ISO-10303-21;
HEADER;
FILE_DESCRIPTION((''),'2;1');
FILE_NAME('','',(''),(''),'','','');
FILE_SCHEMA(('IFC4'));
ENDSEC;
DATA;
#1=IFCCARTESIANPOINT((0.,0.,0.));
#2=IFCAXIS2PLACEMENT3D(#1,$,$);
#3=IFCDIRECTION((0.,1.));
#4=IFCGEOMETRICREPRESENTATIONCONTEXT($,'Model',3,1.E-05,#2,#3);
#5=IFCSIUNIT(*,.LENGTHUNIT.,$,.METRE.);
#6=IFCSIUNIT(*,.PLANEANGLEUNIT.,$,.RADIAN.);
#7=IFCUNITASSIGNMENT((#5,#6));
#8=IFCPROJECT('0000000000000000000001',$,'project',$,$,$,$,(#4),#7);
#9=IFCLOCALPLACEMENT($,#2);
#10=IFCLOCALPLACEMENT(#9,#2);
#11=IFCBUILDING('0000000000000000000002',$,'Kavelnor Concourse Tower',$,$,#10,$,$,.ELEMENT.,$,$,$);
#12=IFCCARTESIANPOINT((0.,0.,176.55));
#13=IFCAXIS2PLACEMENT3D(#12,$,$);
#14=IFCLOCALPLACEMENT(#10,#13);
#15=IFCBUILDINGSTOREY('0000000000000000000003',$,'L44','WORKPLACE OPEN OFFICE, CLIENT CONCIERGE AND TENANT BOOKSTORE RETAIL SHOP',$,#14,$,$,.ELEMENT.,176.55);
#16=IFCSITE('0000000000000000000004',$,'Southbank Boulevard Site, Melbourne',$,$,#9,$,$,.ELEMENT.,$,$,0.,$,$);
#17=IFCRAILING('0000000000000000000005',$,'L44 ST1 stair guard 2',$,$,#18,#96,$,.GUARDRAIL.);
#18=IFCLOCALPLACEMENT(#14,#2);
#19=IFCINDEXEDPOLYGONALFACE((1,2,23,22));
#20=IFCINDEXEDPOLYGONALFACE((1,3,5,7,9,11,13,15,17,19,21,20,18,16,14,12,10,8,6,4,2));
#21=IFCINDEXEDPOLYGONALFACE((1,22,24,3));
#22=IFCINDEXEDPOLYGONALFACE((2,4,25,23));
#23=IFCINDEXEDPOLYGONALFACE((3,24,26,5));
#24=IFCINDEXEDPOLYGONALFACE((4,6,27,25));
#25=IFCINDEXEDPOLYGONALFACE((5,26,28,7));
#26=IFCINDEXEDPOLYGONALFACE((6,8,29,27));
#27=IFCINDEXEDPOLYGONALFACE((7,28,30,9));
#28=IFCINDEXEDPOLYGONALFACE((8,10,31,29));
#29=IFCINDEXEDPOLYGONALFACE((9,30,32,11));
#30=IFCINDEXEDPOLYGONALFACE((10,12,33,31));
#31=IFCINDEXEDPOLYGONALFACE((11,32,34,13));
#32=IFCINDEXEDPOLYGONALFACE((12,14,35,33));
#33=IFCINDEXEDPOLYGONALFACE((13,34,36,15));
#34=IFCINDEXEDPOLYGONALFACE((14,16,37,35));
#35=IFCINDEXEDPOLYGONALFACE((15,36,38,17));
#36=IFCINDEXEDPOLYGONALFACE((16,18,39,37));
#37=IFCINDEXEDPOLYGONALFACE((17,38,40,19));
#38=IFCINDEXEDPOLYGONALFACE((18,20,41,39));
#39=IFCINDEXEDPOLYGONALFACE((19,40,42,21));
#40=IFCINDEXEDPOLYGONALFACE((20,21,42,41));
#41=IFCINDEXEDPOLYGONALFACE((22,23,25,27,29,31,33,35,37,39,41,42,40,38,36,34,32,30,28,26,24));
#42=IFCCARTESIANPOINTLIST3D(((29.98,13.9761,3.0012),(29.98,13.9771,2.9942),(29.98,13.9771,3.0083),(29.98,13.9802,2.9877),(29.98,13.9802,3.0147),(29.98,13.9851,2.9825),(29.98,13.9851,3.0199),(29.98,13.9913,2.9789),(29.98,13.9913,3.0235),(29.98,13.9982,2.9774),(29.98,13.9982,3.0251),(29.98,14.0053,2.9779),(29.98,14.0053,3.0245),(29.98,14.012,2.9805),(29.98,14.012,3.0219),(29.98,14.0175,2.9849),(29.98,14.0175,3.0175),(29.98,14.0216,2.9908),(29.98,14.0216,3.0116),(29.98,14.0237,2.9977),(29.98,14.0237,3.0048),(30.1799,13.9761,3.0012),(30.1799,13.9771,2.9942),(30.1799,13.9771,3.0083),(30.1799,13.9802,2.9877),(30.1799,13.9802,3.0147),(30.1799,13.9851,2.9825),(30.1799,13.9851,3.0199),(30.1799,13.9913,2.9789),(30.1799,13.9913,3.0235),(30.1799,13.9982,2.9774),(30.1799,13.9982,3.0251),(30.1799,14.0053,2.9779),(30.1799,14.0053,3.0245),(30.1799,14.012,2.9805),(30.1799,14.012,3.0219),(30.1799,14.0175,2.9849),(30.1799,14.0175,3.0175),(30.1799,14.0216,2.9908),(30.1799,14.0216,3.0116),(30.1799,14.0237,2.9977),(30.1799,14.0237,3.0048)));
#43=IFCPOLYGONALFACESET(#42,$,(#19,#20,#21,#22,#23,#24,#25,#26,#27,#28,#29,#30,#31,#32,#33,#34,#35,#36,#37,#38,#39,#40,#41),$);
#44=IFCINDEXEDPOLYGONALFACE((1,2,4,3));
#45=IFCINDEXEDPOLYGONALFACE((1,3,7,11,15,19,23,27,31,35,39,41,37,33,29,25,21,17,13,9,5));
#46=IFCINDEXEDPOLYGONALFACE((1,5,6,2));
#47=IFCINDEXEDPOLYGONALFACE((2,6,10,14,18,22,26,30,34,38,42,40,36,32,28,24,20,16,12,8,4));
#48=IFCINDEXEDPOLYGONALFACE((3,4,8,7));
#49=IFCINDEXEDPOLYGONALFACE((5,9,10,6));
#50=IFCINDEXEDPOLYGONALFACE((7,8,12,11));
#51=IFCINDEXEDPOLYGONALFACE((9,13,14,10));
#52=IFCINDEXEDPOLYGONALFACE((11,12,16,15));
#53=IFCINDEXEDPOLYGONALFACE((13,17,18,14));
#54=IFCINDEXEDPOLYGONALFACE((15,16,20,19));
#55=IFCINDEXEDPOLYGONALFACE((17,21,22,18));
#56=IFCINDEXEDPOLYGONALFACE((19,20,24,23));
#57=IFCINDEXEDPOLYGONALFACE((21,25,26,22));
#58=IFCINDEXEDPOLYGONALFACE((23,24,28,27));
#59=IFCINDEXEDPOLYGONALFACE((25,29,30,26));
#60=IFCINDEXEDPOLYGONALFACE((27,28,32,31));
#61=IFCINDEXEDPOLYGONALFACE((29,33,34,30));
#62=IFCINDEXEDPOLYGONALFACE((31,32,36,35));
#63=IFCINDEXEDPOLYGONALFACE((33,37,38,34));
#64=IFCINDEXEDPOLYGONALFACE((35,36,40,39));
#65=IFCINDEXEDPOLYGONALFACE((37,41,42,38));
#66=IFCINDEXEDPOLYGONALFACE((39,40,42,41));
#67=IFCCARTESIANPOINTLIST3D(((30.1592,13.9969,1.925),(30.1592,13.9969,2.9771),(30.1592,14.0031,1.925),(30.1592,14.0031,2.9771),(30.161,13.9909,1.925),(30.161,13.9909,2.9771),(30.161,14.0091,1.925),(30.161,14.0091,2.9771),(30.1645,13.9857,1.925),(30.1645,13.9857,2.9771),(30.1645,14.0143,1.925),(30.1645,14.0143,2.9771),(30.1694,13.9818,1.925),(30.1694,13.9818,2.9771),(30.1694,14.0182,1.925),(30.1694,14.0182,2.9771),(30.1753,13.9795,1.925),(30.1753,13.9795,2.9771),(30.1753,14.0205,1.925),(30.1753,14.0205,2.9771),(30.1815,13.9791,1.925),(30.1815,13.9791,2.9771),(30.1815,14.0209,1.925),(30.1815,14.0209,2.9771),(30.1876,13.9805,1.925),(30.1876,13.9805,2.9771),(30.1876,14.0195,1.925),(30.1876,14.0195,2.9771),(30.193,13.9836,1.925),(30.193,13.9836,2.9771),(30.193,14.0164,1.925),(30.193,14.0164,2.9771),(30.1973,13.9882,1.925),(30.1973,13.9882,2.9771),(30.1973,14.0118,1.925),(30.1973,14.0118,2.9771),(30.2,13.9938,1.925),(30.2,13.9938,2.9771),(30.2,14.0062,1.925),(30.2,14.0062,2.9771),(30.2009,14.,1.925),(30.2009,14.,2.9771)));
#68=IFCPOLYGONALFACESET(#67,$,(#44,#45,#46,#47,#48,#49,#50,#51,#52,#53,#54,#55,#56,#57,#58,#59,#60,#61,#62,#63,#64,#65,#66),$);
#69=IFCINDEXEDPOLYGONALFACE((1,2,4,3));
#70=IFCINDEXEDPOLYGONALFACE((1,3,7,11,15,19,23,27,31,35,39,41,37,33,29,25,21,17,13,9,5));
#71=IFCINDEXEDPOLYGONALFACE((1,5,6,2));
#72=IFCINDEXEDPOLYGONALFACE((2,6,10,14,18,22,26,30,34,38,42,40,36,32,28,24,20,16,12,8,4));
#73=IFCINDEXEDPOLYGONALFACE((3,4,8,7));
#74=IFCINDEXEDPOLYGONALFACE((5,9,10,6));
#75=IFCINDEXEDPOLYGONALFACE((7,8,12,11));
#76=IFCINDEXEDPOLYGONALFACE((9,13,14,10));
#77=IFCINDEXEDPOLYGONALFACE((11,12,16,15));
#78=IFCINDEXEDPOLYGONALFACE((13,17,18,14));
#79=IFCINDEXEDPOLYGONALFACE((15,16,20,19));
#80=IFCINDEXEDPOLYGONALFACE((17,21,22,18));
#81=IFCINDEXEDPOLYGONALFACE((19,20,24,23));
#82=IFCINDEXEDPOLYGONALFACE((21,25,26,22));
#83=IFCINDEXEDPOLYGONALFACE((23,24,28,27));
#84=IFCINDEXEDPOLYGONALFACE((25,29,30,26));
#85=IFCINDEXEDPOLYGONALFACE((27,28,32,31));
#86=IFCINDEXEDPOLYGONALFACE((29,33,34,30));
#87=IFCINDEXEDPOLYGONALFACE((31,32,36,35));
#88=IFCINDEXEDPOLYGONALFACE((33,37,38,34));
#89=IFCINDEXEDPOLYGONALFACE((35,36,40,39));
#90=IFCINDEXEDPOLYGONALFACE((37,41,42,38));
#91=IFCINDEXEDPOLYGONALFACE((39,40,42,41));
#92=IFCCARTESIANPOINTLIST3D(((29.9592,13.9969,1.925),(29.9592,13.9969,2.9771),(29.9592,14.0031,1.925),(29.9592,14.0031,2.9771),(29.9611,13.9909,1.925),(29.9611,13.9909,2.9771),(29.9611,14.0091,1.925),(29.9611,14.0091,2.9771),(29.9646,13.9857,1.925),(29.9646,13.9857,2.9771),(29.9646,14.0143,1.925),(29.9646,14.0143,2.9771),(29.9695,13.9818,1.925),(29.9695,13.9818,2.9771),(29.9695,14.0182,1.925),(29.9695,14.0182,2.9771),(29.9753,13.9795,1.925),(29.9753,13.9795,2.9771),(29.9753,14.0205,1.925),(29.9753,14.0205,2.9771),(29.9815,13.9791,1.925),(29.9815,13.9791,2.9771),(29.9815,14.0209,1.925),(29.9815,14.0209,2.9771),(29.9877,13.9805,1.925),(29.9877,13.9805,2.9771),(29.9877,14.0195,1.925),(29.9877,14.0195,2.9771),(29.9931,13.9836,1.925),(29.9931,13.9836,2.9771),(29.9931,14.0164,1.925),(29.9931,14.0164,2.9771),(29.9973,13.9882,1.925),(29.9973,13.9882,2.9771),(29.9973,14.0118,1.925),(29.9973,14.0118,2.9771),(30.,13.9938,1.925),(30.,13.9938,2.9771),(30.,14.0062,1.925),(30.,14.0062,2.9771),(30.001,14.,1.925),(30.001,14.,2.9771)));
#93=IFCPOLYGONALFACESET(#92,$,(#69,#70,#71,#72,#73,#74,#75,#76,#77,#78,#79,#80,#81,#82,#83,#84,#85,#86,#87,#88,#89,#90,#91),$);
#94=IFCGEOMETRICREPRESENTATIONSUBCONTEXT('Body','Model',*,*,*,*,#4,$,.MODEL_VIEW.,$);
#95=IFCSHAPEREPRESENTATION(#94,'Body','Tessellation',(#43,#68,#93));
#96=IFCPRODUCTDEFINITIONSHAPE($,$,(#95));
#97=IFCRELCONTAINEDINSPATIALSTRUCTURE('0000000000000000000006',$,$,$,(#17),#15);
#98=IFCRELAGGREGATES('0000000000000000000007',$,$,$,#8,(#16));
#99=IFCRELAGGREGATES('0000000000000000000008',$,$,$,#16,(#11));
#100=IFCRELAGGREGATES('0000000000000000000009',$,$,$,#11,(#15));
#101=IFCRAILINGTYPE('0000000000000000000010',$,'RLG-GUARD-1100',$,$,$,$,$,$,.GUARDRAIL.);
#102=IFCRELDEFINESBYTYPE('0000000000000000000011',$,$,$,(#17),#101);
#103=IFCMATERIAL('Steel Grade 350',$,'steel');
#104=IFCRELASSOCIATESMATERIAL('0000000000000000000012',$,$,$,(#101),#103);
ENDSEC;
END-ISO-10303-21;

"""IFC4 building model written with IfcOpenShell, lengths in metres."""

from ifc_helpers import new_model, si_unit, direction, frame, origin, origin_2d, place, context, subcontext, project, spatial, circle, extrude, material, type_object, element, save


model = new_model("IFC4")

# Units and contexts
model_context = context("Model", 3, precision=1e-05, world=origin(), true_north=direction((0.0, 1.0)))
body_context = subcontext(model_context, "Body", "Model", "MODEL_VIEW")
ifc_project = project(units=[si_unit("LENGTHUNIT", "METRE"), si_unit("PLANEANGLEUNIT", "RADIAN")], contexts=[model_context])

# Site, building, storey
site_placement = place(None, origin())
site = spatial("IfcSite", under=ifc_project, at=site_placement, Name="Southbank Boulevard Site, Melbourne", CompositionType="ELEMENT", RefElevation=0.0)
building_placement = place(site_placement, origin())
building = spatial("IfcBuilding", under=site, at=building_placement, Name="Kavelnor Concourse Tower", CompositionType="ELEMENT")
storey_placement = place(building_placement, frame((0.0, 0.0, 176.55)))
storey = spatial("IfcBuildingStorey", under=building, at=storey_placement, Name="L44", Description="WORKPLACE OPEN OFFICE, CLIENT CONCIERGE AND TENANT BOOKSTORE RETAIL SHOP", CompositionType="ELEMENT", Elevation=176.55)

# Shared definitions
ifc_material_1 = material(Name="Steel Grade 350", Category="steel")

# Railing
railing_type_1 = type_object("IfcRailingType", Name="RLG-GUARD-1100", PredefinedType="GUARDRAIL", material=ifc_material_1)
railing_1_placement = place(storey_placement, frame((30.1799, 14.0, 1.925)))
element("IfcRailing", 1, at=railing_1_placement, inside=storey, type_object=railing_type_1, Name="L44 ST1 stair guard 2", PredefinedType="GUARDRAIL", context=body_context, shape_type="SweptSolid", body=[
    extrude(circle(Radius=0.0239, at=origin_2d()), frame((0.0, 0.0, 1.0762), z_axis=(-1.0, 0.0, 0.0), x_axis=(0.0, -1.0, 0.0)), (0.0, 0.0, 1.0), 0.2),
    extrude(circle(Radius=0.021, at=origin_2d()), origin(), (0.0, 0.0, 1.0), 1.052),
    extrude(circle(Radius=0.021, at=origin_2d()), frame((-0.2, 0.0, 0.0)), (0.0, 0.0, 1.0), 1.052),
])

save(model, "model.ifc")
